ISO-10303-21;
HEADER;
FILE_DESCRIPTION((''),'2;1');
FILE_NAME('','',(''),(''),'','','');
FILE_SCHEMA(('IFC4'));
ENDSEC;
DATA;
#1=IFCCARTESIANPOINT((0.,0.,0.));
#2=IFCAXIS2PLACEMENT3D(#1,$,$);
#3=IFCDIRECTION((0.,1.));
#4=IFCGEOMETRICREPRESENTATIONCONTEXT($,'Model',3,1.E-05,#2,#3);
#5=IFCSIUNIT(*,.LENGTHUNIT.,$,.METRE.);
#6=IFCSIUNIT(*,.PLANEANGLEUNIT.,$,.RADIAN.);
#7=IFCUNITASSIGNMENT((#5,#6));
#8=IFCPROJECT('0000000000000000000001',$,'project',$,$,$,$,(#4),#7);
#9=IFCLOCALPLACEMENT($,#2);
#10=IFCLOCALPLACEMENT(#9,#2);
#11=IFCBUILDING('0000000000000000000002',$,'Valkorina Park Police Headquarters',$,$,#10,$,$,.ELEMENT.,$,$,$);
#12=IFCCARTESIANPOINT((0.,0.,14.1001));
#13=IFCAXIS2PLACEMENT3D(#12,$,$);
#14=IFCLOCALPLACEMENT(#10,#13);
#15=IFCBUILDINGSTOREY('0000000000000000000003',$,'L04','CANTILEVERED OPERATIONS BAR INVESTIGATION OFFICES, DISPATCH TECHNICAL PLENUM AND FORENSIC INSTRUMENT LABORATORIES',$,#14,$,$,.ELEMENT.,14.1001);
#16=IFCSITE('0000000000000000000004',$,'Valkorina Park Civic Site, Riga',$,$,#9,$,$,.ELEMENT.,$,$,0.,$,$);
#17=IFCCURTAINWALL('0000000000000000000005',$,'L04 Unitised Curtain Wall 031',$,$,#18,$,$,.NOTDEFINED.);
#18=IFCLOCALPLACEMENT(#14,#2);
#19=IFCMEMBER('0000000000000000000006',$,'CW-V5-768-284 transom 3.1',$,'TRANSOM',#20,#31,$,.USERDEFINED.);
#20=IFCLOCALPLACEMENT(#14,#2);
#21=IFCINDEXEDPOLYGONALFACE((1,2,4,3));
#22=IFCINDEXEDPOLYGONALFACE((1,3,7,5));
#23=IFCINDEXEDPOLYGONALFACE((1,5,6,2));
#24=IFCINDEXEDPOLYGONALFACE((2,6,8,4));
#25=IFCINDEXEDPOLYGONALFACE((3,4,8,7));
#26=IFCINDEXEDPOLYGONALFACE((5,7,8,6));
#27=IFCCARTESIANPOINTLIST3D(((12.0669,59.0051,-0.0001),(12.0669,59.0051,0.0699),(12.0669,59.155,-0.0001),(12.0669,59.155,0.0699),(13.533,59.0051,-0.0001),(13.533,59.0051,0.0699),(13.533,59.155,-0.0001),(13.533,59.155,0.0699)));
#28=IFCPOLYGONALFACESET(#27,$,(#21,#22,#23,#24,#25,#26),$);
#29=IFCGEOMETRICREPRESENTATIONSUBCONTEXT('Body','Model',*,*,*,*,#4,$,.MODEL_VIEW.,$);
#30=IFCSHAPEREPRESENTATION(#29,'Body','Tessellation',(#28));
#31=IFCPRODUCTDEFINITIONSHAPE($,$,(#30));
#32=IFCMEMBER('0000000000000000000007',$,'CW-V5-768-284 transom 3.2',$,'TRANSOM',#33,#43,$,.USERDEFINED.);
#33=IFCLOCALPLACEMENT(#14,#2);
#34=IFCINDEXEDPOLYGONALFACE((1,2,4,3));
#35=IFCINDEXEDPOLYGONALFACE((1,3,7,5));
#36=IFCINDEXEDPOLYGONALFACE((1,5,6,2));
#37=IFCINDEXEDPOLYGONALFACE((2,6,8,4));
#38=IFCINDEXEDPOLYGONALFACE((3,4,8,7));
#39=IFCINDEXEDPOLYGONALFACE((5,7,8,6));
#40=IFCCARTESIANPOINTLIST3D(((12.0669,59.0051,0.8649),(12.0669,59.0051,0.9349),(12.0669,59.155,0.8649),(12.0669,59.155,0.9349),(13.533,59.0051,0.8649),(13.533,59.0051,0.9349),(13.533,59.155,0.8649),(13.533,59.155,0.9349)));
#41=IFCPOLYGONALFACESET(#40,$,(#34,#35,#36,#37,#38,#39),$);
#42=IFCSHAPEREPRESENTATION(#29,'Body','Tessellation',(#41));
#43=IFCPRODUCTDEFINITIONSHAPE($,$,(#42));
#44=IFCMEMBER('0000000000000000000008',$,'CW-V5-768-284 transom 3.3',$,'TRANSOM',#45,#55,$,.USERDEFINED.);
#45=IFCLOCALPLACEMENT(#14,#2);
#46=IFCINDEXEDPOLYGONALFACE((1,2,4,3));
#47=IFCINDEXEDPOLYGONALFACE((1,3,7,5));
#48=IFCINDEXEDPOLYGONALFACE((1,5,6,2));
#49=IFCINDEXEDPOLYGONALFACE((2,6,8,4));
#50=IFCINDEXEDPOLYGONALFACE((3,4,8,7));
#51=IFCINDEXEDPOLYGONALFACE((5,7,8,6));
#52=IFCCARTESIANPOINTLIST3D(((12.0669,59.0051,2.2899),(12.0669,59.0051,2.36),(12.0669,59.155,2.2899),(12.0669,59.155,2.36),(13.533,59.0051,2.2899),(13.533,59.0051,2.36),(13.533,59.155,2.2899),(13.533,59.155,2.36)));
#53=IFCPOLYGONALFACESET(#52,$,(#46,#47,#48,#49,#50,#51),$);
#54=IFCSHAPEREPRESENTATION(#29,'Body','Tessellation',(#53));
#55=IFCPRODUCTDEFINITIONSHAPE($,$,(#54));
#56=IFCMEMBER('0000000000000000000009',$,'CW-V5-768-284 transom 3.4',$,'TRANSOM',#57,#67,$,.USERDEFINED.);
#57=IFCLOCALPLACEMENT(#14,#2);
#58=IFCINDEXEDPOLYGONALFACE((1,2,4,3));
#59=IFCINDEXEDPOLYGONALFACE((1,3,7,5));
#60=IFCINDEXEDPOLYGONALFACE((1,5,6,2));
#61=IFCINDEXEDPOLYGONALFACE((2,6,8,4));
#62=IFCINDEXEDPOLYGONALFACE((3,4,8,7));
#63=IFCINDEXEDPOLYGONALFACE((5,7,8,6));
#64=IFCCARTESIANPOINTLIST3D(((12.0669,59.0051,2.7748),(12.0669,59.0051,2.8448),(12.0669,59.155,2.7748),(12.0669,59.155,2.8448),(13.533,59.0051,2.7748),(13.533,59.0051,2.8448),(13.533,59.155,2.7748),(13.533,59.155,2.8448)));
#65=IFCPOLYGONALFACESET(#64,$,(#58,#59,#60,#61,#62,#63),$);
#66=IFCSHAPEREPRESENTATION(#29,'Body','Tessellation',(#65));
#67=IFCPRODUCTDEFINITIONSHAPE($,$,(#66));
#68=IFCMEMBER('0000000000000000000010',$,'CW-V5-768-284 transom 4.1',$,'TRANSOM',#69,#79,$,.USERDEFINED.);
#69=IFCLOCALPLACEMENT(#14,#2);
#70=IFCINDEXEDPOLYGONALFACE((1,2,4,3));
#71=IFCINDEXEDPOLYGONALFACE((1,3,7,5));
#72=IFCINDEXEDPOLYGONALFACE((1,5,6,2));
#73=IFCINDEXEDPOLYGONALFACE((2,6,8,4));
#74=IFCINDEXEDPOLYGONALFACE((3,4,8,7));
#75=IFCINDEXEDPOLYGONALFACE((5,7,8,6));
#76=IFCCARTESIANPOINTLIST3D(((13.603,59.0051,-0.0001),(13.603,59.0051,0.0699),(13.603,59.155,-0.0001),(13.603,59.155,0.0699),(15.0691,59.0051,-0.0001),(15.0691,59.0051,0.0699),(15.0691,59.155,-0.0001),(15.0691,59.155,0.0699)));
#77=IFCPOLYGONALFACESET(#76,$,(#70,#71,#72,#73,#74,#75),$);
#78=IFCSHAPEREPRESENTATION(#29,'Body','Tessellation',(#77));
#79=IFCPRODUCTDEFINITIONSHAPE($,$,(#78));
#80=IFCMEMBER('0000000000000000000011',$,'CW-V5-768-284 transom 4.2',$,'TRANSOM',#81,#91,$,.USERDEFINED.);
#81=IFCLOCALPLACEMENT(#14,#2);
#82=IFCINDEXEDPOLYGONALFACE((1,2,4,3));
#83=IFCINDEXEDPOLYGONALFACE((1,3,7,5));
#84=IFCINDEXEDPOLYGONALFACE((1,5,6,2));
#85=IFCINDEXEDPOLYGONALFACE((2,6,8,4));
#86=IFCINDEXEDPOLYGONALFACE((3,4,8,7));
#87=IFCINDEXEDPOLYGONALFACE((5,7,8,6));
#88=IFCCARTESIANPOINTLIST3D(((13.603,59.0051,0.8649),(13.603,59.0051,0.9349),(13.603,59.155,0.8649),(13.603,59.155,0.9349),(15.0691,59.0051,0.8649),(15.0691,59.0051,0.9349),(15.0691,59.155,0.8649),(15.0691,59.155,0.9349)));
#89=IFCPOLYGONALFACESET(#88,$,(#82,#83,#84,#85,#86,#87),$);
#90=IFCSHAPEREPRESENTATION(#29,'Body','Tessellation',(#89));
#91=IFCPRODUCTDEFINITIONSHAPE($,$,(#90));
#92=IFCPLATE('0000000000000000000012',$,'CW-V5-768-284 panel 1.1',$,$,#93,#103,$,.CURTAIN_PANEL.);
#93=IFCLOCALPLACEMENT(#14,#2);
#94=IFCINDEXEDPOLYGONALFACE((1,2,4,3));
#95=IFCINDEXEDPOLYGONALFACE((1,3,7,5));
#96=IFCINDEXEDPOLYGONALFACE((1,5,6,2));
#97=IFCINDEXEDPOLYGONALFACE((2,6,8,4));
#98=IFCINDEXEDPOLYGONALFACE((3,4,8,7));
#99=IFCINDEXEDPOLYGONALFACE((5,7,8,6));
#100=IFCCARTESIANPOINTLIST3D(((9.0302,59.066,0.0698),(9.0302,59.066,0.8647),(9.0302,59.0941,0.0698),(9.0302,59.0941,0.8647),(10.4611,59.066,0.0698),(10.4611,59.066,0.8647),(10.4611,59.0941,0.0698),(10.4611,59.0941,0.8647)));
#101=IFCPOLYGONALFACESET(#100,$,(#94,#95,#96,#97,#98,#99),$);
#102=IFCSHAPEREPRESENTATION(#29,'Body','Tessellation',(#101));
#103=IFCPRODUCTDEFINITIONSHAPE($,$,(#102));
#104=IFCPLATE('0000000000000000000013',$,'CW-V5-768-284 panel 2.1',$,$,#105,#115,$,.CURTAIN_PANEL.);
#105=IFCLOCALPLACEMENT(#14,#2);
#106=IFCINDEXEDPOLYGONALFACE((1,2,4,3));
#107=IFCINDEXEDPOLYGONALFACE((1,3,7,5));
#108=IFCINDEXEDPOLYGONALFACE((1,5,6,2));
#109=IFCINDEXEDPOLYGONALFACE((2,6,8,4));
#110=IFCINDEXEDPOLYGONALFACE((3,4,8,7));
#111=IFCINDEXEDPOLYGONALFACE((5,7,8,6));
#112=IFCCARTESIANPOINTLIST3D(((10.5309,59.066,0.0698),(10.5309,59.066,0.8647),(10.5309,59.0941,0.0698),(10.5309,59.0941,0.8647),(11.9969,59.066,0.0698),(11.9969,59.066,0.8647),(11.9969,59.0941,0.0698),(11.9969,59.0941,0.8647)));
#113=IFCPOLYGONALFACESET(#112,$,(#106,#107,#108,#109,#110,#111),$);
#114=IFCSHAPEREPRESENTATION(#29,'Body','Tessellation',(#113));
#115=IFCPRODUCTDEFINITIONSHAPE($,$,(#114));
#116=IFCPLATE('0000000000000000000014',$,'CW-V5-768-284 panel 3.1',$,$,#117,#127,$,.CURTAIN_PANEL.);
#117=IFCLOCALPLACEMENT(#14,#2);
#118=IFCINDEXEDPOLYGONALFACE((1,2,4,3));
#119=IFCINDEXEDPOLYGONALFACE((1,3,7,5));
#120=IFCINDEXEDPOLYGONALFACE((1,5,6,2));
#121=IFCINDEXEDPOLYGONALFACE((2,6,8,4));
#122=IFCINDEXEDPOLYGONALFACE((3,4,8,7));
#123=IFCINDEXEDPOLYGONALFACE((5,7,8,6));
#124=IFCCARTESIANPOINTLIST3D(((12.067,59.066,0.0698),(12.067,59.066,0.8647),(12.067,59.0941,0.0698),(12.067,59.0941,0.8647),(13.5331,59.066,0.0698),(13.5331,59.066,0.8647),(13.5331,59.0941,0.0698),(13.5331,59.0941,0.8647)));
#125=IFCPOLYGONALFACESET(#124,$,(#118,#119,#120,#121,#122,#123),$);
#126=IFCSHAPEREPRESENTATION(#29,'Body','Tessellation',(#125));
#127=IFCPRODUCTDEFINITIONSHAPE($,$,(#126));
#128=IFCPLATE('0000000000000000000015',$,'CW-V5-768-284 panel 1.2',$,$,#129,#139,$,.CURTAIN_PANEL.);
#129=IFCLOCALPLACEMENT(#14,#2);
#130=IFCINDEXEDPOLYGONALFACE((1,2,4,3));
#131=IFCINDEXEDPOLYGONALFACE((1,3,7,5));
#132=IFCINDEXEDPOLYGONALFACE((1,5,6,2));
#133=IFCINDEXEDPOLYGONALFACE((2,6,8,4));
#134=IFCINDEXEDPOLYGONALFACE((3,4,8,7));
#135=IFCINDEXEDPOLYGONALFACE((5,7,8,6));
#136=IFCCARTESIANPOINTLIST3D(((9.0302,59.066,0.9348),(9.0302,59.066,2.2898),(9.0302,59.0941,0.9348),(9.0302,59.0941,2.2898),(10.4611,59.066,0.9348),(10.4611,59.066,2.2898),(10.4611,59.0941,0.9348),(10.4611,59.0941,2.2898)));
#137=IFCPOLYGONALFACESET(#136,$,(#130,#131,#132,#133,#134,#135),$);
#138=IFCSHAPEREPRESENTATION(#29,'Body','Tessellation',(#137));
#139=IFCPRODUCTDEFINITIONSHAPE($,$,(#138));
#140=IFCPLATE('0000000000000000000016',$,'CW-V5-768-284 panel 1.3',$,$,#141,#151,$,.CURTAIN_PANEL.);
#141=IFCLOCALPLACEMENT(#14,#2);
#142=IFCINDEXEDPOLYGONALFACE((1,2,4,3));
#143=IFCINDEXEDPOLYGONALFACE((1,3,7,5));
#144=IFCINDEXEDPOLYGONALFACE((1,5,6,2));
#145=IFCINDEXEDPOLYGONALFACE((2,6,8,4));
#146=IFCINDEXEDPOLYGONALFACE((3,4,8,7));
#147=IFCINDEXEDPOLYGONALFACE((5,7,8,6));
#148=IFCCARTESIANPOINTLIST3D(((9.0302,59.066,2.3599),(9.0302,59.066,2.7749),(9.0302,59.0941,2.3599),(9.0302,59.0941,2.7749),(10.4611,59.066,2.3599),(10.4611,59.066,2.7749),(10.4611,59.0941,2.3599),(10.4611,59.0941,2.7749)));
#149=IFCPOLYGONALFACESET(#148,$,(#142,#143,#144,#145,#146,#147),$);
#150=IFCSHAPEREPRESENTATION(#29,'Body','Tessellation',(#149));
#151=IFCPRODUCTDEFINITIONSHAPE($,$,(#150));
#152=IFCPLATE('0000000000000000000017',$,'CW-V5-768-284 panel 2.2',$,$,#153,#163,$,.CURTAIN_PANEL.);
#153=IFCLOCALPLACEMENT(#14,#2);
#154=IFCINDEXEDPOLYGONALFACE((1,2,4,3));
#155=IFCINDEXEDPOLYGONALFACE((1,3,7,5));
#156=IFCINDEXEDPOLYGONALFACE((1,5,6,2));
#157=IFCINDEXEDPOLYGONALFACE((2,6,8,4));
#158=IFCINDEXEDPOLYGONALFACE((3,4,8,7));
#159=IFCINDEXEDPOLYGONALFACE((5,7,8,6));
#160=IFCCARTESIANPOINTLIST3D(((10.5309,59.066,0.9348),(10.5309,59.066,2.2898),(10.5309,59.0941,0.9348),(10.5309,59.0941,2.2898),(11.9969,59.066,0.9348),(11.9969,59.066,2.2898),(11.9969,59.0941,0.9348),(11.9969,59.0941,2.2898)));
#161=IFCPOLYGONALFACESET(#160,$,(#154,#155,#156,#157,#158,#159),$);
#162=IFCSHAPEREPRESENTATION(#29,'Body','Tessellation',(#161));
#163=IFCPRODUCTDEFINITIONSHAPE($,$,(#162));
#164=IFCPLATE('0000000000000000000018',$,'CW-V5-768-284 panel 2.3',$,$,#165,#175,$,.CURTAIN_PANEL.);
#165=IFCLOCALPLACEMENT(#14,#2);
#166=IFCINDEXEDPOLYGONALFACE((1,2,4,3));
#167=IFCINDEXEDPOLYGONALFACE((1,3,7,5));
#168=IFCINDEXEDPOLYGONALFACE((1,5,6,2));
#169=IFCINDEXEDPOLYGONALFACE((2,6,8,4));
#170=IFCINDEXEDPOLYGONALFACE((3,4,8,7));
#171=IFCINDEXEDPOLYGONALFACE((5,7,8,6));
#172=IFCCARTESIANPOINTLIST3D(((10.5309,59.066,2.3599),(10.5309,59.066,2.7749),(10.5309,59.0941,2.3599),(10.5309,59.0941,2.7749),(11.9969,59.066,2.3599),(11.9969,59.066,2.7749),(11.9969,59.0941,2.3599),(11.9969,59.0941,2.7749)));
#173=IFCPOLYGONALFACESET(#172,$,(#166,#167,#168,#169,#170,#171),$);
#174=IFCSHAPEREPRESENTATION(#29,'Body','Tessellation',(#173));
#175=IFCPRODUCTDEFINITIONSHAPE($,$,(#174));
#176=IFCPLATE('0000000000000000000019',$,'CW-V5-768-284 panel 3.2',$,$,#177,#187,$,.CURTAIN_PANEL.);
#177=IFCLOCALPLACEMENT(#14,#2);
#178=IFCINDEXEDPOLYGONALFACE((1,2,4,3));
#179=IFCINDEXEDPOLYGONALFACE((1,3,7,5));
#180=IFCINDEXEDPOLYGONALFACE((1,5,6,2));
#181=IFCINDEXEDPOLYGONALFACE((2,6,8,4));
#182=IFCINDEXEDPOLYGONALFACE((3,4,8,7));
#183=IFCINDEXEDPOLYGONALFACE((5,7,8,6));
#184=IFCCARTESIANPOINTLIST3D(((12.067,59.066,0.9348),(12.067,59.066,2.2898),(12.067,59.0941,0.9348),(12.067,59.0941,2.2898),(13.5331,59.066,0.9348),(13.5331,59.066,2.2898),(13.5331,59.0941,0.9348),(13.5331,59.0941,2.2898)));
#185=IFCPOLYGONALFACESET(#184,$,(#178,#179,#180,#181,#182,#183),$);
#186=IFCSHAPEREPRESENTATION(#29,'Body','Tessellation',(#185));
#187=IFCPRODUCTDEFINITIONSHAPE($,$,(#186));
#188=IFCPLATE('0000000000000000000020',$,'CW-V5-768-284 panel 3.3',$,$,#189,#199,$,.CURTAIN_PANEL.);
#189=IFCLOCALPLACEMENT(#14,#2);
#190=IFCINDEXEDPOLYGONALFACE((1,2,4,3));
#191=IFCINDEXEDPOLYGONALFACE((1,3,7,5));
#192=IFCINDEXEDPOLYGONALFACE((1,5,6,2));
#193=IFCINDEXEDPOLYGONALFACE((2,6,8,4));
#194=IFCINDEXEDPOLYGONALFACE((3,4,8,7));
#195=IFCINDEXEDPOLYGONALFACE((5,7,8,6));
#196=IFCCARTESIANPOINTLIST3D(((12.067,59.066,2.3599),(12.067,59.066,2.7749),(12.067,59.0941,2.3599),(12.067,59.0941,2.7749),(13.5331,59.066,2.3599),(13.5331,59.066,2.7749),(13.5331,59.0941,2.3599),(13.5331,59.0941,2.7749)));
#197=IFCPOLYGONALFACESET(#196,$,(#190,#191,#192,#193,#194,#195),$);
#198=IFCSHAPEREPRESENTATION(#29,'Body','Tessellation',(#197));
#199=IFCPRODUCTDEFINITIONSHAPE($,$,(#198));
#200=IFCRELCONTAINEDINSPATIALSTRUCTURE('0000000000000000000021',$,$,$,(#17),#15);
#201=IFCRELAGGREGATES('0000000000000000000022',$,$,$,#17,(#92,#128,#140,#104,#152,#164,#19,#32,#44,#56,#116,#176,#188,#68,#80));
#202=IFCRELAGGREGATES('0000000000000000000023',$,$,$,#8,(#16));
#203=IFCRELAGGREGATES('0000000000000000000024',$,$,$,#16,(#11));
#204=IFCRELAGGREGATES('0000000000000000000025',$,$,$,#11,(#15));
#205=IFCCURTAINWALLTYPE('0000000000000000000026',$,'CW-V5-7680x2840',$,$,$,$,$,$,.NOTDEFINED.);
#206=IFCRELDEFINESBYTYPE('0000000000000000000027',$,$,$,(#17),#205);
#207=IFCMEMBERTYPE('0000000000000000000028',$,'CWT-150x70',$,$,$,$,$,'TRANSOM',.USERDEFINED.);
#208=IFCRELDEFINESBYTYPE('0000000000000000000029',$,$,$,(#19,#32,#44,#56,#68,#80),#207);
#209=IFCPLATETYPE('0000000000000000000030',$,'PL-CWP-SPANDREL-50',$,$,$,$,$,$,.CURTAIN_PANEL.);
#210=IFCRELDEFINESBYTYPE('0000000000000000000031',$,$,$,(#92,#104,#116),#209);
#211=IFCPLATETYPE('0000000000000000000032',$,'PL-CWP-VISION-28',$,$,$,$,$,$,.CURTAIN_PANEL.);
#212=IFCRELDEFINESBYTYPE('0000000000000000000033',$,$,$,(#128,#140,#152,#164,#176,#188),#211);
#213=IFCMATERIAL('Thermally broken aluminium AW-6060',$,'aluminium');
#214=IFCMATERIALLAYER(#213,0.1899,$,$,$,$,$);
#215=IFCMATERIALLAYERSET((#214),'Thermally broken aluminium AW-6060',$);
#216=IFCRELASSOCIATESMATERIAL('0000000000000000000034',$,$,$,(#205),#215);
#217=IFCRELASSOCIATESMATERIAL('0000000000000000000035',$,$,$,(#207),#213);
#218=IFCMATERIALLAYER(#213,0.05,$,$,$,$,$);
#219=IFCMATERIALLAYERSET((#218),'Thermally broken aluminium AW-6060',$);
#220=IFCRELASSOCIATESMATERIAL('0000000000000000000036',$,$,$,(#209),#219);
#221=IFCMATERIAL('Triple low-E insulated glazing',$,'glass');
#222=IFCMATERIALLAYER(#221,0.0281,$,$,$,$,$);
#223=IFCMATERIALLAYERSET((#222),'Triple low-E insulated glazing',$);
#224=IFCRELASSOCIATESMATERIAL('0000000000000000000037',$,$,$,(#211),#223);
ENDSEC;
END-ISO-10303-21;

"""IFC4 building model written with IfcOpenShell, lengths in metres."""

from ifc_helpers import new_model, si_unit, direction, frame, origin, origin_2d, place, context, subcontext, project, spatial, rectangle, extrude, material, layer, layer_set, material_profile, profile_set, type_object, element, aggregate, save


model = new_model("IFC4")

# Units and contexts
model_context = context("Model", 3, precision=1e-05, world=origin(), true_north=direction((0.0, 1.0)))
body_context = subcontext(model_context, "Body", "Model", "MODEL_VIEW")
ifc_project = project(units=[si_unit("LENGTHUNIT", "METRE"), si_unit("PLANEANGLEUNIT", "RADIAN")], contexts=[model_context])

# Site, building, storey
site_placement = place(None, origin())
site = spatial("IfcSite", under=ifc_project, at=site_placement, Name="Valkorina Park Civic Site, Riga", CompositionType="ELEMENT", RefElevation=0.0)
building_placement = place(site_placement, origin())
building = spatial("IfcBuilding", under=site, at=building_placement, Name="Valkorina Park Police Headquarters", CompositionType="ELEMENT")
storey_placement = place(building_placement, frame((0.0, 0.0, 14.1001)))
storey = spatial("IfcBuildingStorey", under=building, at=storey_placement, Name="L04", Description="CANTILEVERED OPERATIONS BAR INVESTIGATION OFFICES, DISPATCH TECHNICAL PLENUM AND FORENSIC INSTRUMENT LABORATORIES", CompositionType="ELEMENT", Elevation=14.1001)

# Curtain wall, members, plates
ifc_material_1 = material(Name="Thermally broken aluminium AW-6060", Category="aluminium")
ifc_layer_1 = layer(ifc_material_1, 0.1899)
ifc_layer_set_1 = layer_set([ifc_layer_1], Name="Thermally broken aluminium AW-6060")
curtain_wall_type = type_object("IfcCurtainWallType", Name="CW-V5-7680x2840", PredefinedType="NOTDEFINED", material=ifc_layer_set_1)
curtain_wall_placement = place(storey_placement, origin())
curtain_wall = element("IfcCurtainWall", 1, at=curtain_wall_placement, inside=storey, type_object=curtain_wall_type, Name="L04 Unitised Curtain Wall 031", PredefinedType="NOTDEFINED")
ifc_material_profile_1 = material_profile(ifc_material_1, rectangle(XDim=0.1499, YDim=0.0701, at=origin_2d()), Name="CWT-02 150x70")
ifc_profile_set_1 = profile_set([ifc_material_profile_1], Name="Thermally broken aluminium AW-6060")
member_type_1 = type_object("IfcMemberType", Name="CWT-150x70", ElementType="TRANSOM", PredefinedType="USERDEFINED", material=ifc_profile_set_1)
member_1_placement = place(storey_placement, frame((12.0669, 59.0801, 0.0349), z_axis=(1.0, 0.0, 0.0), x_axis=(0.0, 1.0, 0.0)))
member_1 = element("IfcMember", 2, at=member_1_placement, type_object=member_type_1, Name="CW-V5-768-284 transom 3.1", ObjectType="TRANSOM", PredefinedType="USERDEFINED", context=body_context, shape_type="SweptSolid", body=[
    extrude(rectangle(XDim=0.1499, YDim=0.0701, at=origin_2d()), origin(), (0.0, 0.0, 1.0), 1.4661),
])
member_2_placement = place(storey_placement, frame((12.0669, 59.0801, 0.8999), z_axis=(1.0, 0.0, 0.0), x_axis=(0.0, 1.0, 0.0)))
member_2 = element("IfcMember", 3, at=member_2_placement, type_object=member_type_1, Name="CW-V5-768-284 transom 3.2", ObjectType="TRANSOM", PredefinedType="USERDEFINED", context=body_context, shape_type="SweptSolid", body=[
    extrude(rectangle(XDim=0.1499, YDim=0.0701, at=origin_2d()), origin(), (0.0, 0.0, 1.0), 1.4661),
])
member_3_placement = place(storey_placement, frame((12.0669, 59.0801, 2.325), z_axis=(1.0, 0.0, 0.0), x_axis=(0.0, 1.0, 0.0)))
member_3 = element("IfcMember", 4, at=member_3_placement, type_object=member_type_1, Name="CW-V5-768-284 transom 3.3", ObjectType="TRANSOM", PredefinedType="USERDEFINED", context=body_context, shape_type="SweptSolid", body=[
    extrude(rectangle(XDim=0.1499, YDim=0.0701, at=origin_2d()), origin(), (0.0, 0.0, 1.0), 1.4661),
])
member_4_placement = place(storey_placement, frame((12.0669, 59.0801, 2.8098), z_axis=(1.0, 0.0, 0.0), x_axis=(0.0, 1.0, 0.0)))
member_4 = element("IfcMember", 5, at=member_4_placement, type_object=member_type_1, Name="CW-V5-768-284 transom 3.4", ObjectType="TRANSOM", PredefinedType="USERDEFINED", context=body_context, shape_type="SweptSolid", body=[
    extrude(rectangle(XDim=0.1499, YDim=0.0701, at=origin_2d()), origin(), (0.0, 0.0, 1.0), 1.4661),
])
member_5_placement = place(storey_placement, frame((13.603, 59.0801, 0.0349), z_axis=(1.0, 0.0, 0.0), x_axis=(0.0, 1.0, 0.0)))
member_5 = element("IfcMember", 6, at=member_5_placement, type_object=member_type_1, Name="CW-V5-768-284 transom 4.1", ObjectType="TRANSOM", PredefinedType="USERDEFINED", context=body_context, shape_type="SweptSolid", body=[
    extrude(rectangle(XDim=0.1499, YDim=0.0701, at=origin_2d()), origin(), (0.0, 0.0, 1.0), 1.4661),
])
member_6_placement = place(storey_placement, frame((13.603, 59.0801, 0.8999), z_axis=(1.0, 0.0, 0.0), x_axis=(0.0, 1.0, 0.0)))
member_6 = element("IfcMember", 7, at=member_6_placement, type_object=member_type_1, Name="CW-V5-768-284 transom 4.2", ObjectType="TRANSOM", PredefinedType="USERDEFINED", context=body_context, shape_type="SweptSolid", body=[
    extrude(rectangle(XDim=0.1499, YDim=0.0701, at=origin_2d()), origin(), (0.0, 0.0, 1.0), 1.4661),
])
ifc_layer_2 = layer(ifc_material_1, 0.05)
ifc_layer_set_2 = layer_set([ifc_layer_2], Name="Thermally broken aluminium AW-6060")
plate_type_1 = type_object("IfcPlateType", Name="PL-CWP-SPANDREL-50", PredefinedType="CURTAIN_PANEL", material=ifc_layer_set_2)
plate_1_placement = place(storey_placement, frame((9.7456, 59.0801, 0.0698), z_axis=(0.0, 0.0, 1.0), x_axis=(1.0, 0.0, 0.0)))
plate_1 = element("IfcPlate", 8, at=plate_1_placement, type_object=plate_type_1, Name="CW-V5-768-284 panel 1.1", PredefinedType="CURTAIN_PANEL", context=body_context, shape_type="SweptSolid", body=[
    extrude(rectangle(XDim=1.4309, YDim=0.0281, at=origin_2d()), origin(), (0.0, 0.0, 1.0), 0.7949),
])
plate_2_placement = place(storey_placement, frame((11.2639, 59.0801, 0.0698), z_axis=(0.0, 0.0, 1.0), x_axis=(1.0, 0.0, 0.0)))
plate_2 = element("IfcPlate", 9, at=plate_2_placement, type_object=plate_type_1, Name="CW-V5-768-284 panel 2.1", PredefinedType="CURTAIN_PANEL", context=body_context, shape_type="SweptSolid", body=[
    extrude(rectangle(XDim=1.4661, YDim=0.0281, at=origin_2d()), origin(), (0.0, 0.0, 1.0), 0.7949),
])
plate_3_placement = place(storey_placement, frame((12.8, 59.0801, 0.0698), z_axis=(0.0, 0.0, 1.0), x_axis=(1.0, 0.0, 0.0)))
plate_3 = element("IfcPlate", 10, at=plate_3_placement, type_object=plate_type_1, Name="CW-V5-768-284 panel 3.1", PredefinedType="CURTAIN_PANEL", context=body_context, shape_type="SweptSolid", body=[
    extrude(rectangle(XDim=1.4661, YDim=0.0281, at=origin_2d()), origin(), (0.0, 0.0, 1.0), 0.7949),
])
ifc_material_2 = material(Name="Triple low-E insulated glazing", Category="glass")
ifc_layer_3 = layer(ifc_material_2, 0.0281)
ifc_layer_set_3 = layer_set([ifc_layer_3], Name="Triple low-E insulated glazing")
plate_type_2 = type_object("IfcPlateType", Name="PL-CWP-VISION-28", PredefinedType="CURTAIN_PANEL", material=ifc_layer_set_3)
plate_4_placement = place(storey_placement, frame((9.7456, 59.0801, 0.9348), z_axis=(0.0, 0.0, 1.0), x_axis=(1.0, 0.0, 0.0)))
plate_4 = element("IfcPlate", 11, at=plate_4_placement, type_object=plate_type_2, Name="CW-V5-768-284 panel 1.2", PredefinedType="CURTAIN_PANEL", context=body_context, shape_type="SweptSolid", body=[
    extrude(rectangle(XDim=1.4309, YDim=0.0281, at=origin_2d()), origin(), (0.0, 0.0, 1.0), 1.355),
])
plate_5_placement = place(storey_placement, frame((9.7456, 59.0801, 2.3599), z_axis=(0.0, 0.0, 1.0), x_axis=(1.0, 0.0, 0.0)))
plate_5 = element("IfcPlate", 12, at=plate_5_placement, type_object=plate_type_2, Name="CW-V5-768-284 panel 1.3", PredefinedType="CURTAIN_PANEL", context=body_context, shape_type="SweptSolid", body=[
    extrude(rectangle(XDim=1.4309, YDim=0.0281, at=origin_2d()), origin(), (0.0, 0.0, 1.0), 0.415),
])
plate_6_placement = place(storey_placement, frame((11.2639, 59.0801, 0.9348), z_axis=(0.0, 0.0, 1.0), x_axis=(1.0, 0.0, 0.0)))
plate_6 = element("IfcPlate", 13, at=plate_6_placement, type_object=plate_type_2, Name="CW-V5-768-284 panel 2.2", PredefinedType="CURTAIN_PANEL", context=body_context, shape_type="SweptSolid", body=[
    extrude(rectangle(XDim=1.4661, YDim=0.0281, at=origin_2d()), origin(), (0.0, 0.0, 1.0), 1.355),
])
plate_7_placement = place(storey_placement, frame((11.2639, 59.0801, 2.3599), z_axis=(0.0, 0.0, 1.0), x_axis=(1.0, 0.0, 0.0)))
plate_7 = element("IfcPlate", 14, at=plate_7_placement, type_object=plate_type_2, Name="CW-V5-768-284 panel 2.3", PredefinedType="CURTAIN_PANEL", context=body_context, shape_type="SweptSolid", body=[
    extrude(rectangle(XDim=1.4661, YDim=0.0281, at=origin_2d()), origin(), (0.0, 0.0, 1.0), 0.415),
])
plate_8_placement = place(storey_placement, frame((12.8, 59.0801, 0.9348), z_axis=(0.0, 0.0, 1.0), x_axis=(1.0, 0.0, 0.0)))
plate_8 = element("IfcPlate", 15, at=plate_8_placement, type_object=plate_type_2, Name="CW-V5-768-284 panel 3.2", PredefinedType="CURTAIN_PANEL", context=body_context, shape_type="SweptSolid", body=[
    extrude(rectangle(XDim=1.4661, YDim=0.0281, at=origin_2d()), origin(), (0.0, 0.0, 1.0), 1.355),
])
plate_9_placement = place(storey_placement, frame((12.8, 59.0801, 2.3599), z_axis=(0.0, 0.0, 1.0), x_axis=(1.0, 0.0, 0.0)))
plate_9 = element("IfcPlate", 16, at=plate_9_placement, type_object=plate_type_2, Name="CW-V5-768-284 panel 3.3", PredefinedType="CURTAIN_PANEL", context=body_context, shape_type="SweptSolid", body=[
    extrude(rectangle(XDim=1.4661, YDim=0.0281, at=origin_2d()), origin(), (0.0, 0.0, 1.0), 0.415),
])
aggregate(curtain_wall, [plate_1, plate_4, plate_5, plate_2, plate_6, plate_7, member_1, member_2, member_3, member_4, plate_3, plate_8, plate_9, member_5, member_6])

save(model, "model.ifc")
